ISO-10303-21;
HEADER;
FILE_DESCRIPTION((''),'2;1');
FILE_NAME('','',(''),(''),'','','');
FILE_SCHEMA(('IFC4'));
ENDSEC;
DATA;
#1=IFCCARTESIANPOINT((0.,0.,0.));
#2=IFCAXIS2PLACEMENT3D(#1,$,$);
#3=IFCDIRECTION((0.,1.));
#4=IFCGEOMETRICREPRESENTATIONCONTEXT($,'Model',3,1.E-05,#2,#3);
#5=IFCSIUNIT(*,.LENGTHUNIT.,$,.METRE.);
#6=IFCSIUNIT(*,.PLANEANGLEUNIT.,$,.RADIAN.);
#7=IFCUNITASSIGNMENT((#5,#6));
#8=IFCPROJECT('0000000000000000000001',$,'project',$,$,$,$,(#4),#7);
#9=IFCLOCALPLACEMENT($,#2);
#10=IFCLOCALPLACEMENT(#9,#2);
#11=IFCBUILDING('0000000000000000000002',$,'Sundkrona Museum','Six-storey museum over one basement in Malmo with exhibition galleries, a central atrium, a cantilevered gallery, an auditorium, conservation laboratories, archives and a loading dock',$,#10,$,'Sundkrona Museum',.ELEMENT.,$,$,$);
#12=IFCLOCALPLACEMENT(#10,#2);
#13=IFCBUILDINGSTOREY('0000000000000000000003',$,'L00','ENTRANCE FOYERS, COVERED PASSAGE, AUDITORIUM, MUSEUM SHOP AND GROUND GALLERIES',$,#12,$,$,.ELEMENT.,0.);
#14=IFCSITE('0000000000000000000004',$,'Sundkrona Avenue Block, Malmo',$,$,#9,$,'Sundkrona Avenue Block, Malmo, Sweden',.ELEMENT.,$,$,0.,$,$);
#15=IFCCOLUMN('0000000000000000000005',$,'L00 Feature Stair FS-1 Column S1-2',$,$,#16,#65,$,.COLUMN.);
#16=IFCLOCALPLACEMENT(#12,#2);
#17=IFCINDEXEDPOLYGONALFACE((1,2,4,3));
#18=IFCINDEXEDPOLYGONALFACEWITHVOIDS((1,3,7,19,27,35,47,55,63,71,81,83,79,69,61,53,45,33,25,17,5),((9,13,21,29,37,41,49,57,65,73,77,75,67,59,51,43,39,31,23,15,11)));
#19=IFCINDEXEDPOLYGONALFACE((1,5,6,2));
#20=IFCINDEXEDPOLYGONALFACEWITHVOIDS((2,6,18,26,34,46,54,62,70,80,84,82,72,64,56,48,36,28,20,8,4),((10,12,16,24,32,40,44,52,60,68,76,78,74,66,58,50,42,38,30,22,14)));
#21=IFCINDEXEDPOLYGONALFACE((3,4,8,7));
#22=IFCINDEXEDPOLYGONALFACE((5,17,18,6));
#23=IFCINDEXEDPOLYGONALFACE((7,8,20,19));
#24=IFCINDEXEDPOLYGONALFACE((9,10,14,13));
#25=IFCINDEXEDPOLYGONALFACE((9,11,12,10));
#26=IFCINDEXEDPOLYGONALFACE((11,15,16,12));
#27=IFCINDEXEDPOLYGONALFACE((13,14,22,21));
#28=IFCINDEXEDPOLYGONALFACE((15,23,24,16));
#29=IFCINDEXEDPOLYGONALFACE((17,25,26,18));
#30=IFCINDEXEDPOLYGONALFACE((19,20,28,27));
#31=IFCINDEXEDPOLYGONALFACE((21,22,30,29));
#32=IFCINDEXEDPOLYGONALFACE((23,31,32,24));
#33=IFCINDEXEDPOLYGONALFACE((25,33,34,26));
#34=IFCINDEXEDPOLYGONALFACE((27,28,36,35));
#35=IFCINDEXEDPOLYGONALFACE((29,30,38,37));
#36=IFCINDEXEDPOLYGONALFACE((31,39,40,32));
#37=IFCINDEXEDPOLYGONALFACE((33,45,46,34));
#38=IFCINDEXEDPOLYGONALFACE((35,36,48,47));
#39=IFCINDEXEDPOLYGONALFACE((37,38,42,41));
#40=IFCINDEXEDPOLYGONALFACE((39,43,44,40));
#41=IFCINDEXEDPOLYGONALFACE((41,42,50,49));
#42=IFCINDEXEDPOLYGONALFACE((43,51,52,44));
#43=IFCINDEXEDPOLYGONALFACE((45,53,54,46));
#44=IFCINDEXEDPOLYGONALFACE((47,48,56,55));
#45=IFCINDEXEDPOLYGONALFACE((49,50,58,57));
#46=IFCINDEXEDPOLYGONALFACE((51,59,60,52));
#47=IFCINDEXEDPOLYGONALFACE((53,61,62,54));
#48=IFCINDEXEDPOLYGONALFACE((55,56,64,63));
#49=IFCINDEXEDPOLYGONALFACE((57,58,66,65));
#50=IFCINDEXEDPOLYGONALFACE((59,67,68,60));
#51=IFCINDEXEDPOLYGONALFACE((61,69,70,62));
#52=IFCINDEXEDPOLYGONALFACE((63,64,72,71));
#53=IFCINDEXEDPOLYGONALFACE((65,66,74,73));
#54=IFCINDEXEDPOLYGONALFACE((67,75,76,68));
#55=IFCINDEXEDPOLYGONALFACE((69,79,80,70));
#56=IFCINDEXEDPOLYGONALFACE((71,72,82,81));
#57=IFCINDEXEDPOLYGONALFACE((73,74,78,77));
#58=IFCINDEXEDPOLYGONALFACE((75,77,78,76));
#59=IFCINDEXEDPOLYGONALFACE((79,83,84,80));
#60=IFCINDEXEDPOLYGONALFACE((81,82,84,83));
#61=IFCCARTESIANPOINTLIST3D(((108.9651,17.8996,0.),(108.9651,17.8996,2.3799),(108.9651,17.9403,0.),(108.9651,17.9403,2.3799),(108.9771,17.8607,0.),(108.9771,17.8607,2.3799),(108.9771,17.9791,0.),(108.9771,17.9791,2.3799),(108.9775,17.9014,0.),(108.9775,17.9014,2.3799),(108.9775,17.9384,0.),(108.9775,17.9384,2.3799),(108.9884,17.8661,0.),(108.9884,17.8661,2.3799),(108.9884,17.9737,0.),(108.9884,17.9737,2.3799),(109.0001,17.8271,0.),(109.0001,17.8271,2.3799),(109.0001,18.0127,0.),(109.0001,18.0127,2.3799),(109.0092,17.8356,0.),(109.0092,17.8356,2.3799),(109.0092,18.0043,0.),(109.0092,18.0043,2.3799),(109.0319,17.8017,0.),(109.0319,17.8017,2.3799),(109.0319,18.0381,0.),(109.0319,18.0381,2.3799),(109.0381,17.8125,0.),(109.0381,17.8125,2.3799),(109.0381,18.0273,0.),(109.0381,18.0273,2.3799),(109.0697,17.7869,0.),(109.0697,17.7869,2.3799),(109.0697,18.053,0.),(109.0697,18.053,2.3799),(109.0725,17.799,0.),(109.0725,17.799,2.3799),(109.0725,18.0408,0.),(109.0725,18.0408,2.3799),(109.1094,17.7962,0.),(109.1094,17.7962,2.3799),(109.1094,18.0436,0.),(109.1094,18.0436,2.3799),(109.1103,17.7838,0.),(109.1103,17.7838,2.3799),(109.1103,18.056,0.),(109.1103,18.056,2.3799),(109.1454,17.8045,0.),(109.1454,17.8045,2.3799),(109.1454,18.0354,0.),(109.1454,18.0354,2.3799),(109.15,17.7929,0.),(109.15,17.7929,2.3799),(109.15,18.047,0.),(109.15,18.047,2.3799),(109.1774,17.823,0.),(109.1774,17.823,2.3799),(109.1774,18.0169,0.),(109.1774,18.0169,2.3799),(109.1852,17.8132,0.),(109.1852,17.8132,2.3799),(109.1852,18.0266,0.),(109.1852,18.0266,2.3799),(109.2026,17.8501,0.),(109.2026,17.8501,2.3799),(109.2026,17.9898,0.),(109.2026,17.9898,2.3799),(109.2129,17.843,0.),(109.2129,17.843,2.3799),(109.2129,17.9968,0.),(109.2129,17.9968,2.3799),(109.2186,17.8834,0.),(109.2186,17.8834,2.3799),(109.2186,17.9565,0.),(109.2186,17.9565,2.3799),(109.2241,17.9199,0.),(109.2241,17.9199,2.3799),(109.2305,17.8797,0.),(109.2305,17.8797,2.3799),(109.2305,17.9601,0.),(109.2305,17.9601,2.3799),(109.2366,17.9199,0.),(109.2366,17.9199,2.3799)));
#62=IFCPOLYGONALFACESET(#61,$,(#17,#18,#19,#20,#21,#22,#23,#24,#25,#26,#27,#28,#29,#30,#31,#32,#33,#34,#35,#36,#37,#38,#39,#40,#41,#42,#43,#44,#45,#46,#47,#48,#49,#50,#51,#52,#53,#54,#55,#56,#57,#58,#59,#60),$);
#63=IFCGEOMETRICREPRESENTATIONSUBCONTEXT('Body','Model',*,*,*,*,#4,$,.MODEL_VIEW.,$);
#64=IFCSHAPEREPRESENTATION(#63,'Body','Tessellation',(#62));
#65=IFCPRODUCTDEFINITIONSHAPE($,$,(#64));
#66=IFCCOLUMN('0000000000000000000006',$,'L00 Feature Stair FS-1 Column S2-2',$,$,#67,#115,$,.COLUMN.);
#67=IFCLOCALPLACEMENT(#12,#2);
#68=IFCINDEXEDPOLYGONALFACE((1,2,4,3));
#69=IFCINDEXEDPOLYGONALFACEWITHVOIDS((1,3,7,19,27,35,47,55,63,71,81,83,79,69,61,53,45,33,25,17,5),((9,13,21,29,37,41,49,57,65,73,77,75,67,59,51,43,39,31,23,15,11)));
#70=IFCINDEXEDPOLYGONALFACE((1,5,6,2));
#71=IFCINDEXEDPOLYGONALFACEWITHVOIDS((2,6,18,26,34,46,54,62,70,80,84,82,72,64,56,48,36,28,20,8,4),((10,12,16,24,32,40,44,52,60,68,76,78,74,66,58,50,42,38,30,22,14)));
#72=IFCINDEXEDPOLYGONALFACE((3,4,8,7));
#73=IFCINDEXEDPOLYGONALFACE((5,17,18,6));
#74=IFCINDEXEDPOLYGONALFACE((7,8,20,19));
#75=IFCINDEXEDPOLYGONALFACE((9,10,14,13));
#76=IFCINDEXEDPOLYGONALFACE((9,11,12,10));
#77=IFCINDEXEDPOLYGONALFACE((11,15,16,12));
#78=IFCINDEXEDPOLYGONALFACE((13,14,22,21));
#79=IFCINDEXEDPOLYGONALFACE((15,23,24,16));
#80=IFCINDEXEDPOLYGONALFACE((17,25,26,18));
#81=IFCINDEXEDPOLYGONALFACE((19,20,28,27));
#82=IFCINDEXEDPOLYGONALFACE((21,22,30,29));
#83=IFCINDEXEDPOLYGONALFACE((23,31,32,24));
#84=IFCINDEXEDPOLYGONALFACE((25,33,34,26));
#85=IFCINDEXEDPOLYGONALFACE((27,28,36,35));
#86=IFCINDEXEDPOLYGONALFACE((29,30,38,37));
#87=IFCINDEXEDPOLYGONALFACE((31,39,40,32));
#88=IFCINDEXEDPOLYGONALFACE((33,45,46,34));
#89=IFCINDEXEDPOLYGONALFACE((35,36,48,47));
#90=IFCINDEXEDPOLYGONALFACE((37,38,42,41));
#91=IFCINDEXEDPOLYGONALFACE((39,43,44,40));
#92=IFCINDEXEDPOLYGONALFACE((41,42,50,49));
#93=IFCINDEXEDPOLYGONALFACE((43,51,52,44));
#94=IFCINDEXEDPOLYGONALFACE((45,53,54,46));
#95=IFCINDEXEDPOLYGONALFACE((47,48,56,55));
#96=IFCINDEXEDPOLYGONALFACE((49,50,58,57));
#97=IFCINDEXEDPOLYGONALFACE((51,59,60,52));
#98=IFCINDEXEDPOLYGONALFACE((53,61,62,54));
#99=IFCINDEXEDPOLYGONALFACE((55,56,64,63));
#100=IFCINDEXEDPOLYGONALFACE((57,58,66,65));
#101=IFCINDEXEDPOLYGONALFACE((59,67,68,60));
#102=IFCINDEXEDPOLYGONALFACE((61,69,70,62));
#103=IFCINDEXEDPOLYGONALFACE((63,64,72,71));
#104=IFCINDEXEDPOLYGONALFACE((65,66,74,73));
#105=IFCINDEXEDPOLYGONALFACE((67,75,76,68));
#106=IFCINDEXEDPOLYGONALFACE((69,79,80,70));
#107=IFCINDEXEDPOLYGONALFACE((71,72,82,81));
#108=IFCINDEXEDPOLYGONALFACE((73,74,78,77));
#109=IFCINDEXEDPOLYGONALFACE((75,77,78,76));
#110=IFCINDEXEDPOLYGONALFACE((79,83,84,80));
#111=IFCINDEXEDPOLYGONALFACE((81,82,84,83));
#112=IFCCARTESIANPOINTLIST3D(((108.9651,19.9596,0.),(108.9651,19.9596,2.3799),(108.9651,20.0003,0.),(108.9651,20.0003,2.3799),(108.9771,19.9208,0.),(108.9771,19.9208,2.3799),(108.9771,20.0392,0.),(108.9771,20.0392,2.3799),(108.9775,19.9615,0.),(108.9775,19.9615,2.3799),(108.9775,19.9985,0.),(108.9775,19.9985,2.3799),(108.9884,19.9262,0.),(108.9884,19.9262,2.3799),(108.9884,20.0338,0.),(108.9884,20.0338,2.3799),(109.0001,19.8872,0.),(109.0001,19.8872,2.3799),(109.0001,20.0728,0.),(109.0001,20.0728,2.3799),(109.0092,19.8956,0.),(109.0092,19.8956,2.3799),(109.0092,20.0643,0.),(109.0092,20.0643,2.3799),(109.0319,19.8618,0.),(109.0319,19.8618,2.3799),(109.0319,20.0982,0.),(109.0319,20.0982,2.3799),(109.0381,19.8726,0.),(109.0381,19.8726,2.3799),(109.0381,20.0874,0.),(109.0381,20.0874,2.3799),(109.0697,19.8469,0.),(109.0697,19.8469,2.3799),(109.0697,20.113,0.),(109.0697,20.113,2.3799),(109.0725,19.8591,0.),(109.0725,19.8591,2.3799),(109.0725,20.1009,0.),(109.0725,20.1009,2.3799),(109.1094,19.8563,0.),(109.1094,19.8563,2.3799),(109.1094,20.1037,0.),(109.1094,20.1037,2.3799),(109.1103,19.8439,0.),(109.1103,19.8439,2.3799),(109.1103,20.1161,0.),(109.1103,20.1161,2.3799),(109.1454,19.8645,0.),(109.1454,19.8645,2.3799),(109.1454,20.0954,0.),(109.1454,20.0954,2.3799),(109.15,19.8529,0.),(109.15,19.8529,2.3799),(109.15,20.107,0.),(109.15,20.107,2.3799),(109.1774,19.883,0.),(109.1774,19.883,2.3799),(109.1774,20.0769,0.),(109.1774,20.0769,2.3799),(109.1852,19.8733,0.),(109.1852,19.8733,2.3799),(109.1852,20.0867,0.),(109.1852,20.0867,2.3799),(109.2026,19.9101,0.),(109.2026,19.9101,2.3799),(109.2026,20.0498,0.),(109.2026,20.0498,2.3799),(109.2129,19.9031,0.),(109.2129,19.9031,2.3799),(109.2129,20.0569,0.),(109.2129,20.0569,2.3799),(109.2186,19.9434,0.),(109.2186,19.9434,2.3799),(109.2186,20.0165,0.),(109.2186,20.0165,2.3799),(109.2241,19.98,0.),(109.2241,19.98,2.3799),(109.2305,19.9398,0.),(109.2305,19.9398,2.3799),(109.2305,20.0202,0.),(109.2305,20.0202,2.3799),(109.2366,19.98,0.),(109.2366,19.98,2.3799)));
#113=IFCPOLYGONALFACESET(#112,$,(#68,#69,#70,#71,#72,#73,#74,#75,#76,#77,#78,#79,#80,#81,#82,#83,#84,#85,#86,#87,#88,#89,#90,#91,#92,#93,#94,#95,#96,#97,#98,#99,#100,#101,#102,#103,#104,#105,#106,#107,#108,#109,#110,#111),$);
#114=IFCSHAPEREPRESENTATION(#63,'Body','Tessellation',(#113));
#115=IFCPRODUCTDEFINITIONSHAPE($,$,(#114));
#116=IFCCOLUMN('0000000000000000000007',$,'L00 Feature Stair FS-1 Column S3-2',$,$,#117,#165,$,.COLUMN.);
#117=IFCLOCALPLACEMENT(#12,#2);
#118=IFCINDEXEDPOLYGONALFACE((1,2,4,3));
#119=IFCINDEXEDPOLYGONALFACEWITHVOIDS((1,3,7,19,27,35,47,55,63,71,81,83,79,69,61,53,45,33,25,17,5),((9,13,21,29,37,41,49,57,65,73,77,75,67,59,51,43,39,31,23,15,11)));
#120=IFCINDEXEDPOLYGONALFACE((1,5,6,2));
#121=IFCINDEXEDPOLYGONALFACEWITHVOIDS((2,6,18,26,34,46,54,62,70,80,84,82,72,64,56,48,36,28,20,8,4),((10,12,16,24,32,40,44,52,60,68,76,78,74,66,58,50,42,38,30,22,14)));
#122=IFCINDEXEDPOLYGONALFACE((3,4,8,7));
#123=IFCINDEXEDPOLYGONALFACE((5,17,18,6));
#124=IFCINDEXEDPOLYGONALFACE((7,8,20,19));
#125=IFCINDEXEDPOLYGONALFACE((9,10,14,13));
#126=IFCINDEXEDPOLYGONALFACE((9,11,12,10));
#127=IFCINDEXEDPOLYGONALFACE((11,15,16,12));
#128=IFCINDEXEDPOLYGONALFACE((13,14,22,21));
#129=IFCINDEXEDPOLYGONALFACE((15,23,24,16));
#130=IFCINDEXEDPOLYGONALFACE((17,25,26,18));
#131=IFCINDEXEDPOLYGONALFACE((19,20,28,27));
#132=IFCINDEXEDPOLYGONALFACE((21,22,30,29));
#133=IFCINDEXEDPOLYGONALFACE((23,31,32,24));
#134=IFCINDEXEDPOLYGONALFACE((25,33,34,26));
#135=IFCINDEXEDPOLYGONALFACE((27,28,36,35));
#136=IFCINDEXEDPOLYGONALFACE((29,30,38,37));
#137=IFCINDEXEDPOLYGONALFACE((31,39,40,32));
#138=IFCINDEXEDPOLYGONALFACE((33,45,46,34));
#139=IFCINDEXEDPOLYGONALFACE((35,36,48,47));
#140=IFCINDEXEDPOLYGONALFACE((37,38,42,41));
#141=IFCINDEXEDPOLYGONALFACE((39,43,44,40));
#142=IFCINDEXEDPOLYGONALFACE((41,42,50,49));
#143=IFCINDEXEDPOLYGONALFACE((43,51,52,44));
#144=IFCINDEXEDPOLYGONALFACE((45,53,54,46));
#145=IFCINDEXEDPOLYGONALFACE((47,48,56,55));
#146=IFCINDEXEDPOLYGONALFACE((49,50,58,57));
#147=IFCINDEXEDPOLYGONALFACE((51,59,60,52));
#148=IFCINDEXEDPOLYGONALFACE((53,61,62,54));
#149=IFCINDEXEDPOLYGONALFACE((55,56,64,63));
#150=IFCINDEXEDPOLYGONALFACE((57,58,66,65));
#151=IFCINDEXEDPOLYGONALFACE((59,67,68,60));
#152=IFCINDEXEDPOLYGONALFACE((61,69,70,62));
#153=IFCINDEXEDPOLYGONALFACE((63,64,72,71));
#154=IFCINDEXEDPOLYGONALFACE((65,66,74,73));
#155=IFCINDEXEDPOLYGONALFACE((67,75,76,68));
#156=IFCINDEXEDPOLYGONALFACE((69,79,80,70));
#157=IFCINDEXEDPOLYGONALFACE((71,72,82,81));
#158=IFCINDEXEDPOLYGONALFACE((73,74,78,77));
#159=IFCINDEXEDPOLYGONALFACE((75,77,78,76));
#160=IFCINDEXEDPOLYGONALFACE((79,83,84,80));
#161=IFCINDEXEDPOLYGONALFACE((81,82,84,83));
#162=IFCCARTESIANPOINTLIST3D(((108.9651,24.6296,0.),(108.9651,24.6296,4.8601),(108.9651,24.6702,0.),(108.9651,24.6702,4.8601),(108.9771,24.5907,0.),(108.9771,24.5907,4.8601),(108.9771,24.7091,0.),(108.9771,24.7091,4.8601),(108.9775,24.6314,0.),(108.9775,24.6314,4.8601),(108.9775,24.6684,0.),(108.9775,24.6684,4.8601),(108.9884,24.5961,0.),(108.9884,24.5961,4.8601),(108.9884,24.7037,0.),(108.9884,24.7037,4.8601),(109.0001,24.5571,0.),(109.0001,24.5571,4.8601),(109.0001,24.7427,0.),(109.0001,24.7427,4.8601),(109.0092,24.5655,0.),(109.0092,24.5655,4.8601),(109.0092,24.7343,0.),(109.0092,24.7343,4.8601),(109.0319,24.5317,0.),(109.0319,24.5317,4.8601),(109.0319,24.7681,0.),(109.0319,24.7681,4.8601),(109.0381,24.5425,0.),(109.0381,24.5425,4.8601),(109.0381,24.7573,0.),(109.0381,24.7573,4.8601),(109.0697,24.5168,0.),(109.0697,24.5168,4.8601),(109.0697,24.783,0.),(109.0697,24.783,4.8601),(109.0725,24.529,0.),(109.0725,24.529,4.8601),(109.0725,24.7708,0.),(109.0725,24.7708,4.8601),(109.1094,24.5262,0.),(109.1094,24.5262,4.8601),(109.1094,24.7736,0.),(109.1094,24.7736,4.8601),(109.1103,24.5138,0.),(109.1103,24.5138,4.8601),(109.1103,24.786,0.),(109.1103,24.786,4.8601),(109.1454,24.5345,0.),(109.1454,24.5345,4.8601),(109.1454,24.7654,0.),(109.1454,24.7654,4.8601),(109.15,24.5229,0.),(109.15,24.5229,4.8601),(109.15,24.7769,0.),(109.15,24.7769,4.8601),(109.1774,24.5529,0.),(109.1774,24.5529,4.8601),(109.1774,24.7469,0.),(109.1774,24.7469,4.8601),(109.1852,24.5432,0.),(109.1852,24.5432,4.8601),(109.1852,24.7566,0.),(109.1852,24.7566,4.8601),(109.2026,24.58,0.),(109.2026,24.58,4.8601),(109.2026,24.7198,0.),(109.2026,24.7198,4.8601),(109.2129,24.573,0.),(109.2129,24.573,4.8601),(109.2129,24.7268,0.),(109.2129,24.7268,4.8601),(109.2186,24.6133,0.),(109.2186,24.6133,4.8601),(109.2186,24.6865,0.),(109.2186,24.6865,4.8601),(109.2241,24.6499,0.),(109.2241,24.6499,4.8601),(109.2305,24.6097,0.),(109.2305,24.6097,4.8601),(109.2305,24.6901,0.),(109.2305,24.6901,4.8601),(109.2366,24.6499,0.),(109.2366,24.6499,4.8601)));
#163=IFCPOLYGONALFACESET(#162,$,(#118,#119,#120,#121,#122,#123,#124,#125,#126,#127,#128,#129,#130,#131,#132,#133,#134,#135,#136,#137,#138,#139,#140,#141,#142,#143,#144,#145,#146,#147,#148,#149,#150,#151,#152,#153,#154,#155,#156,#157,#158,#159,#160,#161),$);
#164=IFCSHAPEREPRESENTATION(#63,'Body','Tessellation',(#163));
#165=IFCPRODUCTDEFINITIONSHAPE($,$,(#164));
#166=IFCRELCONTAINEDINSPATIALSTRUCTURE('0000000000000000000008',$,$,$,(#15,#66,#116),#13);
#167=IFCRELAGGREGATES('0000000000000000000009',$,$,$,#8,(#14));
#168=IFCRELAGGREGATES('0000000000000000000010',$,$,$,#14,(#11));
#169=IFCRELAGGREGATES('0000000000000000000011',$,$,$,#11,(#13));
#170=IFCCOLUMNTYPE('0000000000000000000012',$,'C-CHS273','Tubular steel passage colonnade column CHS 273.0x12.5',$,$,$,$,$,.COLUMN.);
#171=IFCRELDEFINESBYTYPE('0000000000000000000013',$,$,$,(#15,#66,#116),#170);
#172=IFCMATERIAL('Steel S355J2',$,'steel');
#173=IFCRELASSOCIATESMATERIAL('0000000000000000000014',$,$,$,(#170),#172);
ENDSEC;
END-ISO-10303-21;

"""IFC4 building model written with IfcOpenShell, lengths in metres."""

from ifc_helpers import new_model, si_unit, direction, frame, origin, origin_2d, place, context, subcontext, project, spatial, hollow_circle, extrude, material, material_profile, profile_set, type_object, element, save


model = new_model("IFC4")

# Units and contexts
model_context = context("Model", 3, precision=1e-05, world=origin(), true_north=direction((0.0, 1.0)))
body_context = subcontext(model_context, "Body", "Model", "MODEL_VIEW")
ifc_project = project(units=[si_unit("LENGTHUNIT", "METRE"), si_unit("PLANEANGLEUNIT", "RADIAN")], contexts=[model_context])

# Site, building, storey
site_placement = place(None, origin())
site = spatial("IfcSite", under=ifc_project, at=site_placement, Name="Sundkrona Avenue Block, Malmo", LongName="Sundkrona Avenue Block, Malmo, Sweden", CompositionType="ELEMENT", RefElevation=0.0)
building_placement = place(site_placement, origin())
building = spatial("IfcBuilding", under=site, at=building_placement, Name="Sundkrona Museum", Description="Six-storey museum over one basement in Malmo with exhibition galleries, a central atrium, a cantilevered gallery, an auditorium, conservation laboratories, archives and a loading dock", LongName="Sundkrona Museum", CompositionType="ELEMENT")
storey_placement = place(building_placement, origin())
storey = spatial("IfcBuildingStorey", under=building, at=storey_placement, Name="L00", Description="ENTRANCE FOYERS, COVERED PASSAGE, AUDITORIUM, MUSEUM SHOP AND GROUND GALLERIES", CompositionType="ELEMENT", Elevation=0.0)

# Columns
ifc_material_1 = material(Name="Steel S355J2", Category="steel")
ifc_material_profile_1 = material_profile(ifc_material_1, hollow_circle(Radius=0.1365, WallThickness=0.0125, at=origin_2d()), Name="CHS 273.0x12.5")
ifc_profile_set_1 = profile_set([ifc_material_profile_1], Name="Steel S355J2")
column_type_1 = type_object("IfcColumnType", Name="C-CHS273", Description="Tubular steel passage colonnade column CHS 273.0x12.5", PredefinedType="COLUMN", material=ifc_profile_set_1)
for number, where, z_axis, x_axis, name in (
    (1, (109.1001, 17.9199, 0.0), (0.0, 0.0, 1.0), (1.0, 0.0, 0.0), "L00 Feature Stair FS-1 Column S1-2"),
    (2, (109.1001, 19.98, 0.0), (0.0, 0.0, 1.0), (1.0, 0.0, 0.0), "L00 Feature Stair FS-1 Column S2-2"),
):
    element("IfcColumn", number, at=place(storey_placement, frame(where, z_axis=z_axis, x_axis=x_axis)), inside=storey, type_object=column_type_1, Name=name, PredefinedType="COLUMN", context=body_context, shape_type="SweptSolid", body=[
        extrude(hollow_circle(Radius=0.1365, WallThickness=0.0125, at=origin_2d()), origin(), (0.0, 0.0, 1.0), 2.3799),
    ])
column_1_placement = place(storey_placement, frame((109.1001, 24.6499, 0.0), z_axis=(0.0, 0.0, 1.0), x_axis=(1.0, 0.0, 0.0)))
element("IfcColumn", 3, at=column_1_placement, inside=storey, type_object=column_type_1, Name="L00 Feature Stair FS-1 Column S3-2", PredefinedType="COLUMN", context=body_context, shape_type="SweptSolid", body=[
    extrude(hollow_circle(Radius=0.1365, WallThickness=0.0125, at=origin_2d()), origin(), (0.0, 0.0, 1.0), 4.8601),
])

save(model, "model.ifc")
